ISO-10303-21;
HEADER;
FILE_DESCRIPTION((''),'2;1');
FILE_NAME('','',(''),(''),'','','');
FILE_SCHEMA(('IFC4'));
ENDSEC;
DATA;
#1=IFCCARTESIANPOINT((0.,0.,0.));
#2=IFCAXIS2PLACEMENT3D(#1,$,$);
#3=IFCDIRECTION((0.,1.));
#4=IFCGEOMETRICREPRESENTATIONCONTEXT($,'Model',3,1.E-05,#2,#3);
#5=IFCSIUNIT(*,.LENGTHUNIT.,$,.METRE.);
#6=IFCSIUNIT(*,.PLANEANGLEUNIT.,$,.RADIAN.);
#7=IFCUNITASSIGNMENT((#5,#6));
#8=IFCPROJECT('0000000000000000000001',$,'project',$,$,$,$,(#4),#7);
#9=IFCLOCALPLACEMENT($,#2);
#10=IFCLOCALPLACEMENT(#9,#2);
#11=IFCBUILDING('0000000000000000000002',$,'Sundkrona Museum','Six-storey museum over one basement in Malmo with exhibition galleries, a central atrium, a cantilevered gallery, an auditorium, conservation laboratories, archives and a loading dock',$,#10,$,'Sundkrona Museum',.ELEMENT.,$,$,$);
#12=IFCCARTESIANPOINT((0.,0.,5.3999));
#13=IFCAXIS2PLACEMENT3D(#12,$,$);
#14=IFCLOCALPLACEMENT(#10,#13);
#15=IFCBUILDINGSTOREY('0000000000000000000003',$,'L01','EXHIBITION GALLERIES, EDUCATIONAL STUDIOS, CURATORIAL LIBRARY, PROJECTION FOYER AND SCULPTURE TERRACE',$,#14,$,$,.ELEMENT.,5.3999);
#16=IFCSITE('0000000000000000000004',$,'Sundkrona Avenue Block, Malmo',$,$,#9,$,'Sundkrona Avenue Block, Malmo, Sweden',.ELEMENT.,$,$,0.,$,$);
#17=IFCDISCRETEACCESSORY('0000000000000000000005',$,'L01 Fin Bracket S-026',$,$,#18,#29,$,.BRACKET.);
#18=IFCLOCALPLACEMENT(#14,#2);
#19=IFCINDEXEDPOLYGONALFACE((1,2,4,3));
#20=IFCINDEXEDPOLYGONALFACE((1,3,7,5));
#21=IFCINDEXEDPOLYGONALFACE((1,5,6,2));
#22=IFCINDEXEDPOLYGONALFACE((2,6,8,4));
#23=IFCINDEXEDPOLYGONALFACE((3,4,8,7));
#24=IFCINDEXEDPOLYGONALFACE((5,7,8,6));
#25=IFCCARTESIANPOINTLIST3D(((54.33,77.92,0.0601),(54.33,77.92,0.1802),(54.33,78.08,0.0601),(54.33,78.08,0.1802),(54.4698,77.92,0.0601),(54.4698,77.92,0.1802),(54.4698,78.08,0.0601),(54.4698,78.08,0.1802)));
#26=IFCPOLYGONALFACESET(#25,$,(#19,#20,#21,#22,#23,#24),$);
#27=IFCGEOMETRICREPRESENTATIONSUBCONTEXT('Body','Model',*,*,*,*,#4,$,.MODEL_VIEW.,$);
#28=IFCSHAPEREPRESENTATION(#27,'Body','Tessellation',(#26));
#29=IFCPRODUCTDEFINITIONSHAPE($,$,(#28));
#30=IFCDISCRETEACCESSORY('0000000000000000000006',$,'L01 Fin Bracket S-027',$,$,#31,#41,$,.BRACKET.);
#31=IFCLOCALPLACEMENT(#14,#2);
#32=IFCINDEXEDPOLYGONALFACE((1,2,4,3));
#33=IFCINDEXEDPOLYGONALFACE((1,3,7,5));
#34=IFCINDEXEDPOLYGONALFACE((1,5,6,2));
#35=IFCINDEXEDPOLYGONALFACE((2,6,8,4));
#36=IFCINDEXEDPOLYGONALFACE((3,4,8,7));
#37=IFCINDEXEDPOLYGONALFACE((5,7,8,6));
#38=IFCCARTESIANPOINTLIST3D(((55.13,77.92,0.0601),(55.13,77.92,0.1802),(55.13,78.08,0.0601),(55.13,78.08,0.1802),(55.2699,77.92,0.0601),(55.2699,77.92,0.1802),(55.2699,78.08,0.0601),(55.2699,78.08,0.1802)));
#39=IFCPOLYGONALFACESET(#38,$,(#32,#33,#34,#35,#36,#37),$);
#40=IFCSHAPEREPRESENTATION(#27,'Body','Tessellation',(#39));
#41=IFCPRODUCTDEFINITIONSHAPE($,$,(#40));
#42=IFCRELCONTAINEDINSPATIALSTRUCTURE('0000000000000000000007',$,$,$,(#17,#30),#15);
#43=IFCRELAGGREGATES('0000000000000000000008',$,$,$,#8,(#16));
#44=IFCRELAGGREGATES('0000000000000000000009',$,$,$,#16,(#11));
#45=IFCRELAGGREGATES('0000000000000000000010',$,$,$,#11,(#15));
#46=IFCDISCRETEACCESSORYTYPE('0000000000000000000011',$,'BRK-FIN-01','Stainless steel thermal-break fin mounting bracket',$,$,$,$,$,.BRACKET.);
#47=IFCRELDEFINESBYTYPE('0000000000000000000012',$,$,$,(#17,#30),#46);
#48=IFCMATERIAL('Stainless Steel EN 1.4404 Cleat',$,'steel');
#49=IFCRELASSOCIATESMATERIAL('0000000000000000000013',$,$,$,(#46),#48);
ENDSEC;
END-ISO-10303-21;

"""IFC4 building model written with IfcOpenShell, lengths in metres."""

from ifc_helpers import new_model, si_unit, direction, frame, origin, origin_2d, place, context, subcontext, project, spatial, rectangle, extrude, material, type_object, element, save


model = new_model("IFC4")

# Units and contexts
model_context = context("Model", 3, precision=1e-05, world=origin(), true_north=direction((0.0, 1.0)))
body_context = subcontext(model_context, "Body", "Model", "MODEL_VIEW")
ifc_project = project(units=[si_unit("LENGTHUNIT", "METRE"), si_unit("PLANEANGLEUNIT", "RADIAN")], contexts=[model_context])

# Site, building, storey
site_placement = place(None, origin())
site = spatial("IfcSite", under=ifc_project, at=site_placement, Name="Sundkrona Avenue Block, Malmo", LongName="Sundkrona Avenue Block, Malmo, Sweden", CompositionType="ELEMENT", RefElevation=0.0)
building_placement = place(site_placement, origin())
building = spatial("IfcBuilding", under=site, at=building_placement, Name="Sundkrona Museum", Description="Six-storey museum over one basement in Malmo with exhibition galleries, a central atrium, a cantilevered gallery, an auditorium, conservation laboratories, archives and a loading dock", LongName="Sundkrona Museum", CompositionType="ELEMENT")
storey_placement = place(building_placement, frame((0.0, 0.0, 5.3999)))
storey = spatial("IfcBuildingStorey", under=building, at=storey_placement, Name="L01", Description="EXHIBITION GALLERIES, EDUCATIONAL STUDIOS, CURATORIAL LIBRARY, PROJECTION FOYER AND SCULPTURE TERRACE", CompositionType="ELEMENT", Elevation=5.3999)

# Discrete accessories
ifc_material_1 = material(Name="Stainless Steel EN 1.4404 Cleat", Category="steel")
discrete_accessory_type = type_object("IfcDiscreteAccessoryType", Name="BRK-FIN-01", Description="Stainless steel thermal-break fin mounting bracket", PredefinedType="BRACKET", material=ifc_material_1)
for number, where, z_axis, x_axis, name in (
    (1, (54.3999, 78.0, 0.0601), (0.0, 0.0, 1.0), (1.0, 0.0, 0.0), "L01 Fin Bracket S-026"),
    (2, (55.2, 78.0, 0.0601), (0.0, 0.0, 1.0), (1.0, 0.0, 0.0), "L01 Fin Bracket S-027"),
):
    element("IfcDiscreteAccessory", number, at=place(storey_placement, frame(where, z_axis=z_axis, x_axis=x_axis)), inside=storey, type_object=discrete_accessory_type, Name=name, PredefinedType="BRACKET", context=body_context, shape_type="SweptSolid", body=[
        extrude(rectangle(XDim=0.1399, YDim=0.1599, at=origin_2d()), origin(), (0.0, 0.0, 1.0), 0.1201),
    ])

save(model, "model.ifc")
